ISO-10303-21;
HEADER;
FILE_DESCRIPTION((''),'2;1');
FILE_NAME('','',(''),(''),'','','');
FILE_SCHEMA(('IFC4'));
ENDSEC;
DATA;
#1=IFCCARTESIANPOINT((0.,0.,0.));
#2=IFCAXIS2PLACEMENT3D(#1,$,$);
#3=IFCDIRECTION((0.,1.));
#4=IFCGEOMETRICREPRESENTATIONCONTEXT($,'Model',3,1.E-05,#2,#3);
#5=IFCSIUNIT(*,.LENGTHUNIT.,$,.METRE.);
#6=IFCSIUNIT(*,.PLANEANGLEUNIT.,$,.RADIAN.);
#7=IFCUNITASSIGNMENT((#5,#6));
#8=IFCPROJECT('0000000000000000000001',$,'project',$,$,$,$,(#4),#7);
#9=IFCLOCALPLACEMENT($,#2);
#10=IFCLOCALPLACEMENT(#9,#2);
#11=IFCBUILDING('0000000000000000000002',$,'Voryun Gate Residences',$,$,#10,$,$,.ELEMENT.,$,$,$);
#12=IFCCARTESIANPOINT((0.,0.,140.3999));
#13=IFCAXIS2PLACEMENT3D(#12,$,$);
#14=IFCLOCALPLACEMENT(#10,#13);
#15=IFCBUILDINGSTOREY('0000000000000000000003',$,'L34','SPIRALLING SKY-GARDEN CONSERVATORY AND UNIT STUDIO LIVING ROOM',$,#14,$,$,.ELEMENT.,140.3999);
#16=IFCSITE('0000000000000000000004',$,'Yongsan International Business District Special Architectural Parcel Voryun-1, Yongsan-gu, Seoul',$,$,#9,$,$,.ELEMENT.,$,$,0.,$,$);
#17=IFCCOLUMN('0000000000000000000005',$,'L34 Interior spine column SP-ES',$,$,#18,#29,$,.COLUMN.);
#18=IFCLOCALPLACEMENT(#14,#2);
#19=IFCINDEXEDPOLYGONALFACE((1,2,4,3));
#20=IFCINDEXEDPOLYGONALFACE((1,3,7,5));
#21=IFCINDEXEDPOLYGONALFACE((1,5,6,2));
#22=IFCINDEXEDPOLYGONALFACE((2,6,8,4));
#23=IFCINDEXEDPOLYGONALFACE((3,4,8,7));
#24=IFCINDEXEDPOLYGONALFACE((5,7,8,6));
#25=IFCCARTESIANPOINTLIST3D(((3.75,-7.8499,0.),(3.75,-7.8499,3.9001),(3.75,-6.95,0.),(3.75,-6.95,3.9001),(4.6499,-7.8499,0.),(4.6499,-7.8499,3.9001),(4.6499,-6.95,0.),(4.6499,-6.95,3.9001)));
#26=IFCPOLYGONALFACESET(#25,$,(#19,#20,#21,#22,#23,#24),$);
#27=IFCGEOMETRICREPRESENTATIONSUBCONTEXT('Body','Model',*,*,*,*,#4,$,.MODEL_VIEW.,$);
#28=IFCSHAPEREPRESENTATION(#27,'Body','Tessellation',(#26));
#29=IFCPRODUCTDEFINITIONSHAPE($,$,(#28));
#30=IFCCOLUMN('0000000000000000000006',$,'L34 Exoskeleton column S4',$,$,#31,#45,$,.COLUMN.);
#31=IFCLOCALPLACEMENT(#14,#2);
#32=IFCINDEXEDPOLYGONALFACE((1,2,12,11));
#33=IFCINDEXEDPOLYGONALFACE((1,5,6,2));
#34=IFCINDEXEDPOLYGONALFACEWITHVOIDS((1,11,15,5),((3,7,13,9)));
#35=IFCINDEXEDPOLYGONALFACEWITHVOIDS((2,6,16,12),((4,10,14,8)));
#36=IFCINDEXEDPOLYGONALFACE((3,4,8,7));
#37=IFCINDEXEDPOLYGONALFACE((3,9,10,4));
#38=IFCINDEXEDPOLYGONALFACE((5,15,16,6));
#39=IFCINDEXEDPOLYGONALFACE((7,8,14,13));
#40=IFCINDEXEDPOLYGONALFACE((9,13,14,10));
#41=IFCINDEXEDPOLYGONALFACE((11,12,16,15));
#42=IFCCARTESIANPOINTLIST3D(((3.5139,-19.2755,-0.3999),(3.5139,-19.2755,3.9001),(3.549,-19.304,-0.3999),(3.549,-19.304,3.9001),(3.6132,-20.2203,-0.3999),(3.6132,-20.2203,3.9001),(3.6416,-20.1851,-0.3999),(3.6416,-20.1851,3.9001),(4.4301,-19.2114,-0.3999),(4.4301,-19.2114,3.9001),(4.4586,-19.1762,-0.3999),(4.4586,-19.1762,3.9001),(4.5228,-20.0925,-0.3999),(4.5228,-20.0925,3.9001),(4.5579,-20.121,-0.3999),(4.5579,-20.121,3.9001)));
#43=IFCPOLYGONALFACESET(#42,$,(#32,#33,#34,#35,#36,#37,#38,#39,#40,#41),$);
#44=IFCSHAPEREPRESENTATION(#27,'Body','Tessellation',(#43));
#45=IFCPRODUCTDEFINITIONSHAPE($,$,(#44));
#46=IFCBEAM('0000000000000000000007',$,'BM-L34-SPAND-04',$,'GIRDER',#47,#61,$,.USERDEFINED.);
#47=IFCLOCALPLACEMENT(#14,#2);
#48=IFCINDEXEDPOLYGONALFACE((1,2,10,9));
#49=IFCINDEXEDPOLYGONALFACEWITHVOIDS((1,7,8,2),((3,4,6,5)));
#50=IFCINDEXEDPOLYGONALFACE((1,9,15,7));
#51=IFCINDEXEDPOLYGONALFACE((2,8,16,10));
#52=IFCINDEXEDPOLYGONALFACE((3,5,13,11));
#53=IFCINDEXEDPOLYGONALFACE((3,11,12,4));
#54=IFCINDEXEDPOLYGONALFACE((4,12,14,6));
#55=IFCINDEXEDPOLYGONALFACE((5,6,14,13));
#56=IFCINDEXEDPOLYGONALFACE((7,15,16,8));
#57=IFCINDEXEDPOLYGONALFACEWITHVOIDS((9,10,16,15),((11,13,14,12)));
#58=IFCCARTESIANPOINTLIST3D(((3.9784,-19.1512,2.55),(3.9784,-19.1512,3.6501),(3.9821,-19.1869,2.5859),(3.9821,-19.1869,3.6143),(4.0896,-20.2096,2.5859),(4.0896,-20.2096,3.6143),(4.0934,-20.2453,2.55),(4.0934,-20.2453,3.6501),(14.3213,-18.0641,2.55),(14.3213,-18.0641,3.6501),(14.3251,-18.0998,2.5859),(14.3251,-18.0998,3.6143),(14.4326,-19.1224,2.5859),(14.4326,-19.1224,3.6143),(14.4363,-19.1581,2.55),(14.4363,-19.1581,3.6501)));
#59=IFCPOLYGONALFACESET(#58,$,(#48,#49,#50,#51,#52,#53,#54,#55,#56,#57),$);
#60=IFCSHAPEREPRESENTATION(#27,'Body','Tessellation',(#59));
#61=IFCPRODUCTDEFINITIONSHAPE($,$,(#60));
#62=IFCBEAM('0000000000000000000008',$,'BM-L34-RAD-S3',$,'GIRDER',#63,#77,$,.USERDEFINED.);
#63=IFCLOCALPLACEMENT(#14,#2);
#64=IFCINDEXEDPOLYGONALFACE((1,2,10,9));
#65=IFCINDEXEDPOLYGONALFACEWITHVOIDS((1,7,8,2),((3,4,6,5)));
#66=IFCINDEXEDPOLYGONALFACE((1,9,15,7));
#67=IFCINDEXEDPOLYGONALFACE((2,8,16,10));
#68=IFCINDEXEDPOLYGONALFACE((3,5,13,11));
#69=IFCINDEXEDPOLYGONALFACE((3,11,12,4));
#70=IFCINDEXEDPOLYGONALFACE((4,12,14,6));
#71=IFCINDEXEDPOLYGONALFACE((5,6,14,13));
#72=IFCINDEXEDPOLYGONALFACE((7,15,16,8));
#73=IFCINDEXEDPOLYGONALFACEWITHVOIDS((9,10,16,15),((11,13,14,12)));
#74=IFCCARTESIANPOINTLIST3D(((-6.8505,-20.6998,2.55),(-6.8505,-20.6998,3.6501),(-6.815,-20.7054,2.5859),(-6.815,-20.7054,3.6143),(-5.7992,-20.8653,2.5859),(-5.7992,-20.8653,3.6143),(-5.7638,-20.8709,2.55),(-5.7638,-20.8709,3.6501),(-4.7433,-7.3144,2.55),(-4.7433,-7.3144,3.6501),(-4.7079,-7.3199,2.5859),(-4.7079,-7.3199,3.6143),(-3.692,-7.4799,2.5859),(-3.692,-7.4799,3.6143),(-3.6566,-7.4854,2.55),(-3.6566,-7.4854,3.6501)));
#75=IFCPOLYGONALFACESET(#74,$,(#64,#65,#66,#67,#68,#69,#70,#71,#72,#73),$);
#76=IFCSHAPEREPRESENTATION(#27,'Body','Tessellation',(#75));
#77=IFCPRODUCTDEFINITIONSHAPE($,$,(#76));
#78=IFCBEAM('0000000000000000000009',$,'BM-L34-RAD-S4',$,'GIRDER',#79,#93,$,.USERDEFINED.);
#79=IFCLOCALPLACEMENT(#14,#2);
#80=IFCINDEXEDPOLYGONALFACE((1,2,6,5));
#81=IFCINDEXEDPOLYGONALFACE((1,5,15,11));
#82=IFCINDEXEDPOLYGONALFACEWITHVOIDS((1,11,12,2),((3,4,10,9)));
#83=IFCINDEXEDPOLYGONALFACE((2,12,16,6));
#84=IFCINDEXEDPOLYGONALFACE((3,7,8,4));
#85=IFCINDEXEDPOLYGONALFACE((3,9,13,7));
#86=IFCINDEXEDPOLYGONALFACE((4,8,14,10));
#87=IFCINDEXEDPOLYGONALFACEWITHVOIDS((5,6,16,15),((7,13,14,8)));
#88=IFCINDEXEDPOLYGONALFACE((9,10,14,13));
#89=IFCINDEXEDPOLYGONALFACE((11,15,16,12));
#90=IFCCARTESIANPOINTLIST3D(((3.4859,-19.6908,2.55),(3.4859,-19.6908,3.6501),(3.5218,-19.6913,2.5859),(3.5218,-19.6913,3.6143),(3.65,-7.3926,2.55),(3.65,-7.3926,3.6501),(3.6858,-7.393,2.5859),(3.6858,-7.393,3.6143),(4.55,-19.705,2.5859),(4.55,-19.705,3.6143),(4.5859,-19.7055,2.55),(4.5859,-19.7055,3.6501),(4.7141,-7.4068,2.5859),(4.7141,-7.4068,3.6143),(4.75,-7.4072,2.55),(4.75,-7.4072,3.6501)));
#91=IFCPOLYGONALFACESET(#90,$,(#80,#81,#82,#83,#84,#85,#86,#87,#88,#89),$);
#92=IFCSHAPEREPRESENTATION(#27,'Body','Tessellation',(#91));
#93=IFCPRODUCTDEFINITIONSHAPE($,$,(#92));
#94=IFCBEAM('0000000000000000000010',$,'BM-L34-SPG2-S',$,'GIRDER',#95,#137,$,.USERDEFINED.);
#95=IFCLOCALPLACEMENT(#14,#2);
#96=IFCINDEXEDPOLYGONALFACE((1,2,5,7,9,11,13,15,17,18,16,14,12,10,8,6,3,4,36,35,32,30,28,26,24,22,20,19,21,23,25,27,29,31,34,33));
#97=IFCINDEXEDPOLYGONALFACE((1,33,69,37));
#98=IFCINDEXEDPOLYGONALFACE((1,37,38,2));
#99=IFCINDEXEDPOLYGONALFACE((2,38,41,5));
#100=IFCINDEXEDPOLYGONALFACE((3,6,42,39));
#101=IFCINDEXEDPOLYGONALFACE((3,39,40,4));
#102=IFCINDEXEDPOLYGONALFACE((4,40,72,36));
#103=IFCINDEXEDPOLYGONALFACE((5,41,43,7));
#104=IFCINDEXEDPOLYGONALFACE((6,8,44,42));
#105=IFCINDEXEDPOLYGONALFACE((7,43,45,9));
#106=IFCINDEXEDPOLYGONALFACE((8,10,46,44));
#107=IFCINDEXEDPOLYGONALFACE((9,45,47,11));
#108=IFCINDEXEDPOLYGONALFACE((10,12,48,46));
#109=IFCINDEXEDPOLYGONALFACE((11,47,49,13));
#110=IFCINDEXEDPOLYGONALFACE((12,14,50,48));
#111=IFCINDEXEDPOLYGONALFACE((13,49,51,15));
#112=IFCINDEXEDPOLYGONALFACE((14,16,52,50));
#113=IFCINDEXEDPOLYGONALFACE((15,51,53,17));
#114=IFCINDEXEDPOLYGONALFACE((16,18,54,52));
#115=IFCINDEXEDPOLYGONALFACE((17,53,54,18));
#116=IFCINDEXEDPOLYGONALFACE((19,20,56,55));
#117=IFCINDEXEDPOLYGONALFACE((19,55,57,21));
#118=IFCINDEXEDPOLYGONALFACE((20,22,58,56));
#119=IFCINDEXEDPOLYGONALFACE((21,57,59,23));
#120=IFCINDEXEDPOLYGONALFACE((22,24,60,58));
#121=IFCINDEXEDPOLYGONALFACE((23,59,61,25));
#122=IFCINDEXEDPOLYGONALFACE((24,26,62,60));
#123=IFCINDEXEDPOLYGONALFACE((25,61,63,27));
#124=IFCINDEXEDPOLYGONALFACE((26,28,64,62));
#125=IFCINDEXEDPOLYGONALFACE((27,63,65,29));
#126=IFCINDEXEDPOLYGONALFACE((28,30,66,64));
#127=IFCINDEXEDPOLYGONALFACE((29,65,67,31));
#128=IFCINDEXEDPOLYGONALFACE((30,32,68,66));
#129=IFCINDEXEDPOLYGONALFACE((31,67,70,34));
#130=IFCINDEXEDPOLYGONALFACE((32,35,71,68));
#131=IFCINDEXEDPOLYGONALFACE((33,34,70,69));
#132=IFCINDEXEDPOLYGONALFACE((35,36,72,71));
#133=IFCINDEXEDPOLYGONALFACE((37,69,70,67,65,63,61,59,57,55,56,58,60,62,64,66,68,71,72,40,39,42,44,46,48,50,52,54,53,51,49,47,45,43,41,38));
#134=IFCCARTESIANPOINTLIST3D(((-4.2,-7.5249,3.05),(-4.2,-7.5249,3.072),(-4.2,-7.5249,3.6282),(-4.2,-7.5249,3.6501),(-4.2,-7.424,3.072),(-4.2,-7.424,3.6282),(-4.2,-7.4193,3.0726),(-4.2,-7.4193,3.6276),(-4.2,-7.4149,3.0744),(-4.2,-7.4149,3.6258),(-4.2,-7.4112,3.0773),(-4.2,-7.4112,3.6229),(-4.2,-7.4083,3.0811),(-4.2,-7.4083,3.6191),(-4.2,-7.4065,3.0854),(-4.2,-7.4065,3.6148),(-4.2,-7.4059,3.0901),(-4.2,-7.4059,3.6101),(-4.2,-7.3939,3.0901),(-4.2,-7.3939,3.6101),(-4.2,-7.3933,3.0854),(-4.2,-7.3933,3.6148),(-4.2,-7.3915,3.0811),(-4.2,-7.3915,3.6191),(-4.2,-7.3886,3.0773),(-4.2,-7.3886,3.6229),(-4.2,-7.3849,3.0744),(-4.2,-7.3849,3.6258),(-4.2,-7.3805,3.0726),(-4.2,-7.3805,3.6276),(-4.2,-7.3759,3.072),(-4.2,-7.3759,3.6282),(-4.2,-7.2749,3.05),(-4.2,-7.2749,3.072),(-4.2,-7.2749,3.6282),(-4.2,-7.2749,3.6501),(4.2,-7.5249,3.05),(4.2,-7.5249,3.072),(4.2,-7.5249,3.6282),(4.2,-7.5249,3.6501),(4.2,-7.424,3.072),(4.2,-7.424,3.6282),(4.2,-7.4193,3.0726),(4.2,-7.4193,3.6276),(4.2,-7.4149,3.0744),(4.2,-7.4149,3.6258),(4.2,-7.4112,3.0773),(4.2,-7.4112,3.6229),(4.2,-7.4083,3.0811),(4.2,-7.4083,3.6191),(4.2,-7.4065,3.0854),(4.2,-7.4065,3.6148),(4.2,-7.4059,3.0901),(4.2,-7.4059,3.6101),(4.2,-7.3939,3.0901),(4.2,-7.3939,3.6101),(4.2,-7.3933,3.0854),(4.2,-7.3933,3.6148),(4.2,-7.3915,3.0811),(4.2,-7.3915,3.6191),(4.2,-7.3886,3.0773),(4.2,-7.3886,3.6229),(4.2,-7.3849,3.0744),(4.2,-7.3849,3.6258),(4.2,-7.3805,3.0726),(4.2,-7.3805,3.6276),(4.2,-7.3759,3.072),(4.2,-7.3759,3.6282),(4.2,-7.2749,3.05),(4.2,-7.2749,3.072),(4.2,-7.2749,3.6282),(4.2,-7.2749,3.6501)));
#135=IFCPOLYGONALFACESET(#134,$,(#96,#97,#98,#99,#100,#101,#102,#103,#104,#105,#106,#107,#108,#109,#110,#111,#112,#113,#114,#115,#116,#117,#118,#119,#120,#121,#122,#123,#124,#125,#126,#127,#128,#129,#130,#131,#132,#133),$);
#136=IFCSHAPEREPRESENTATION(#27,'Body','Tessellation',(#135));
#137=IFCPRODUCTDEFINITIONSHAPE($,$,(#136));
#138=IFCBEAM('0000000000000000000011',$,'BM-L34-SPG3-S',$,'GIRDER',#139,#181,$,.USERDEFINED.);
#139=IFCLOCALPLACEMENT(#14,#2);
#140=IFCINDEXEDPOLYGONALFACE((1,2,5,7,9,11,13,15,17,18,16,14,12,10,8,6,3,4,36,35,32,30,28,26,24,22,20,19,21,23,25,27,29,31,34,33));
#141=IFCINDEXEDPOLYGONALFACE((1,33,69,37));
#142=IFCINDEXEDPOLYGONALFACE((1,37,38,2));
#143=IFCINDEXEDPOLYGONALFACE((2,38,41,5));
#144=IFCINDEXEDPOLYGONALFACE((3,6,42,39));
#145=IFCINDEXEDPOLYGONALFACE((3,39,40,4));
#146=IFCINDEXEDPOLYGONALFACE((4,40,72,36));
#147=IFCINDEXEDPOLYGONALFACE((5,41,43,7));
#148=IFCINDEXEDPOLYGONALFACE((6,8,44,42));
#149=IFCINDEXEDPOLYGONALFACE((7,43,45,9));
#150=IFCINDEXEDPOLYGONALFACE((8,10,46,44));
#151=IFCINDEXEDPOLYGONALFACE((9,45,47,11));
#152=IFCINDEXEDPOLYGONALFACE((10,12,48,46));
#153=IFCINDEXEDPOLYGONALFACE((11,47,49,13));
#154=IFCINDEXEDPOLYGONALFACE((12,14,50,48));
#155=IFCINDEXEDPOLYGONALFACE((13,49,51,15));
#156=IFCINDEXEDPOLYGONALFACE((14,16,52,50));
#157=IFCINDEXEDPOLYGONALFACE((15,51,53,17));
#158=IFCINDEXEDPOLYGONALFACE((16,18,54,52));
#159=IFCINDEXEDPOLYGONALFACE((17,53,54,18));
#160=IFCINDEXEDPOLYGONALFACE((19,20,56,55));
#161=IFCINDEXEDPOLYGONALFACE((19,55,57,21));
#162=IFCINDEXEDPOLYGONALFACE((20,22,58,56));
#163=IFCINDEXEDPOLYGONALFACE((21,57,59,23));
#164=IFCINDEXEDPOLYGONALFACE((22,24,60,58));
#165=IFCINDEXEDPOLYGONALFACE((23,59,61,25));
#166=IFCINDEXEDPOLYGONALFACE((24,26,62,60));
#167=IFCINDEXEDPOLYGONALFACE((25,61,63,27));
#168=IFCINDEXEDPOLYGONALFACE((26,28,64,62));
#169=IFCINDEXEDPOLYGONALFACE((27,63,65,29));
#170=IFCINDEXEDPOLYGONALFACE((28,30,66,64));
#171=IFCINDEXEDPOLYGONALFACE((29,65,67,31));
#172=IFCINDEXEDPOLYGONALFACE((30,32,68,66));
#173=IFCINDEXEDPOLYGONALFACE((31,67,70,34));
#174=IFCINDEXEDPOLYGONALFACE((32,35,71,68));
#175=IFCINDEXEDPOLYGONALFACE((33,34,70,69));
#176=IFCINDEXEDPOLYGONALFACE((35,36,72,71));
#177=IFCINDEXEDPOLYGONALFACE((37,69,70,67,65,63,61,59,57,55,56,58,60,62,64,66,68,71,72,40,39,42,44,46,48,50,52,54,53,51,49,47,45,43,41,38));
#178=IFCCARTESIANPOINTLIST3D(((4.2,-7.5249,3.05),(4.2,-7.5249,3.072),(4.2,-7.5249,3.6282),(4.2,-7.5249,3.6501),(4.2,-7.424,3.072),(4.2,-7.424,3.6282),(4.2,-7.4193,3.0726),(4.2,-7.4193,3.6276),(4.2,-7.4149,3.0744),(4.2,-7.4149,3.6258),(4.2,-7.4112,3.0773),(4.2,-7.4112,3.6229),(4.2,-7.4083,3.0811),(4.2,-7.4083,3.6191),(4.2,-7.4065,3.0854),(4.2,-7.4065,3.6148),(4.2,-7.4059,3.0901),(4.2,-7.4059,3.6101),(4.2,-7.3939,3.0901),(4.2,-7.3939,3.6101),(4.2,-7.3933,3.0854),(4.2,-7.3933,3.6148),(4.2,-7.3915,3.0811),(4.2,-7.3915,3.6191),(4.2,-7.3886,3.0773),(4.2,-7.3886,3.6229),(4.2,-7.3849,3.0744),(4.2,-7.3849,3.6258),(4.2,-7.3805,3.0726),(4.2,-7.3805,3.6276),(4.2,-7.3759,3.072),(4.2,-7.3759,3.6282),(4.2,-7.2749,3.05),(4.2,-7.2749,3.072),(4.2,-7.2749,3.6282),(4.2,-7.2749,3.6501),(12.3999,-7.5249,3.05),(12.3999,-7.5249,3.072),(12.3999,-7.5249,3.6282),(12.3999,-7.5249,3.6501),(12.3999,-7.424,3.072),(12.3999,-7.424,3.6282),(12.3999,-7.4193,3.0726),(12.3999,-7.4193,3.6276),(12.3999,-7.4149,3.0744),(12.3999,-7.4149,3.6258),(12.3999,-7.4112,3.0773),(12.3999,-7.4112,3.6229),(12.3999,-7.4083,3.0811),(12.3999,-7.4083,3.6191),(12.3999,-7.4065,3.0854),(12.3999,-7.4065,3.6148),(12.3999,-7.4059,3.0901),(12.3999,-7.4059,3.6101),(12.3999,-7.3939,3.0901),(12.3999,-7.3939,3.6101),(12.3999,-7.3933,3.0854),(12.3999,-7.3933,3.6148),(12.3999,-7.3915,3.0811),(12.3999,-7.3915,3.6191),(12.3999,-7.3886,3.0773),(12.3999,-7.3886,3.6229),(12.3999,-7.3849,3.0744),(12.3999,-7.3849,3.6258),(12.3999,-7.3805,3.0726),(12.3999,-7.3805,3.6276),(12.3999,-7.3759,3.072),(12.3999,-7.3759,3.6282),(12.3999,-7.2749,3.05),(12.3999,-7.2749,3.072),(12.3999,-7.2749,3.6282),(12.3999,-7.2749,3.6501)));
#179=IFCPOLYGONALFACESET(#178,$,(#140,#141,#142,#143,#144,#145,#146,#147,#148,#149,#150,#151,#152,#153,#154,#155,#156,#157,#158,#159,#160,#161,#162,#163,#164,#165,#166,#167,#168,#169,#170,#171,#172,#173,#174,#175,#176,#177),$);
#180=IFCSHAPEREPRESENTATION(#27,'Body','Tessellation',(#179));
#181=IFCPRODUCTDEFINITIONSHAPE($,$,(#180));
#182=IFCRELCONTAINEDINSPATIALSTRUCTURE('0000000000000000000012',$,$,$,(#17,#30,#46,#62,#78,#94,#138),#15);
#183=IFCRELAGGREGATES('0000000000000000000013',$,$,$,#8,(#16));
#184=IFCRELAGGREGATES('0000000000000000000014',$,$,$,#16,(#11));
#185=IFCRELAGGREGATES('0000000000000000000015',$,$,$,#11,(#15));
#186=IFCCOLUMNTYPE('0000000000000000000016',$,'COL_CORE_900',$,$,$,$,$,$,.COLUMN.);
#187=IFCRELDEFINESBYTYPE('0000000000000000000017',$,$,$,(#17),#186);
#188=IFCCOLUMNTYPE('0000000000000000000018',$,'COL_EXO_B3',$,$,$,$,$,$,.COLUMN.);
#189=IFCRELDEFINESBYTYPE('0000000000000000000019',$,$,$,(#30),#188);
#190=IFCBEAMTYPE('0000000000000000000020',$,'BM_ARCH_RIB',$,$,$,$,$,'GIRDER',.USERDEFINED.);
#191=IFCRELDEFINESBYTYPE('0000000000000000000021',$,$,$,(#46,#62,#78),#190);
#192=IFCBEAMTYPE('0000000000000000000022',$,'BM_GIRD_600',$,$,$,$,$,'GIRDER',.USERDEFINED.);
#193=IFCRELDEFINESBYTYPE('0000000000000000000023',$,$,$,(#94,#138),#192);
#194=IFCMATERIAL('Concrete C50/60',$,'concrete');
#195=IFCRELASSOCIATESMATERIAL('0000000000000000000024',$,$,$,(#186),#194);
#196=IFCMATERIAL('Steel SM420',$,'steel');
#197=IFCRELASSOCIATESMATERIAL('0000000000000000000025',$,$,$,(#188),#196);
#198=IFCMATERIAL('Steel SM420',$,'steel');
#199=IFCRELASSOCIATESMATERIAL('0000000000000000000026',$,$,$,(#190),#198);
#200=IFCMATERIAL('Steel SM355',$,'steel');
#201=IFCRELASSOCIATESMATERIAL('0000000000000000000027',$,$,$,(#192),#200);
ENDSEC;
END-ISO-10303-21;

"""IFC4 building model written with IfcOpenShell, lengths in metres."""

from ifc_helpers import new_model, si_unit, direction, frame, origin, origin_2d, place, context, subcontext, project, spatial, rectangle, hollow_rectangle, i_section, extrude, material, material_profile, profile_set, type_object, element, save


model = new_model("IFC4")

# Units and contexts
model_context = context("Model", 3, precision=1e-05, world=origin(), true_north=direction((0.0, 1.0)))
body_context = subcontext(model_context, "Body", "Model", "MODEL_VIEW")
ifc_project = project(units=[si_unit("LENGTHUNIT", "METRE"), si_unit("PLANEANGLEUNIT", "RADIAN")], contexts=[model_context])

# Site, building, storey
site_placement = place(None, origin())
site = spatial("IfcSite", under=ifc_project, at=site_placement, Name="Yongsan International Business District Special Architectural Parcel Voryun-1, Yongsan-gu, Seoul", CompositionType="ELEMENT", RefElevation=0.0)
building_placement = place(site_placement, origin())
building = spatial("IfcBuilding", under=site, at=building_placement, Name="Voryun Gate Residences", CompositionType="ELEMENT")
storey_placement = place(building_placement, frame((0.0, 0.0, 140.3999)))
storey = spatial("IfcBuildingStorey", under=building, at=storey_placement, Name="L34", Description="SPIRALLING SKY-GARDEN CONSERVATORY AND UNIT STUDIO LIVING ROOM", CompositionType="ELEMENT", Elevation=140.3999)

# Columns
ifc_material_1 = material(Name="Concrete C50/60", Category="concrete")
ifc_material_profile_1 = material_profile(ifc_material_1, rectangle(XDim=0.8999, YDim=0.8999, at=origin_2d()), Name="RC-900x900")
ifc_profile_set_1 = profile_set([ifc_material_profile_1], Name="Concrete C50/60")
column_type_1 = type_object("IfcColumnType", Name="COL_CORE_900", PredefinedType="COLUMN", material=ifc_profile_set_1)
column_1_placement = place(storey_placement, frame((4.2, -7.3999, 0.0), z_axis=(0.0, 0.0, 1.0), x_axis=(1.0, 0.0, 0.0)))
element("IfcColumn", 1, at=column_1_placement, inside=storey, type_object=column_type_1, Name="L34 Interior spine column SP-ES", PredefinedType="COLUMN", context=body_context, shape_type="SweptSolid", body=[
    extrude(rectangle(XDim=0.8999, YDim=0.8999, at=origin_2d()), origin(), (0.0, 0.0, 1.0), 3.9001),
])
ifc_material_2 = material(Name="Steel SM420", Category="steel")
ifc_material_profile_2 = material_profile(ifc_material_2, hollow_rectangle(XDim=0.95, YDim=0.95, WallThickness=0.032, at=origin_2d()), Name="BOX-950x950x32")
ifc_profile_set_2 = profile_set([ifc_material_profile_2], Name="Steel SM420")
column_type_2 = type_object("IfcColumnType", Name="COL_EXO_B3", PredefinedType="COLUMN", material=ifc_profile_set_2)
column_2_placement = place(storey_placement, frame((4.0359, -19.6982, -0.3999), z_axis=(0.0, 0.0, 1.0), x_axis=(0.994522, 0.104528, 0.0)))
element("IfcColumn", 2, at=column_2_placement, inside=storey, type_object=column_type_2, Name="L34 Exoskeleton column S4", PredefinedType="COLUMN", context=body_context, shape_type="SweptSolid", body=[
    extrude(hollow_rectangle(XDim=0.95, YDim=0.95, WallThickness=0.032, at=origin_2d()), origin(), (0.0, 0.0, 1.0), 4.3),
])

# Beams
ifc_material_3 = material(Name="Steel SM420", Category="steel")
ifc_material_profile_3 = material_profile(ifc_material_3, hollow_rectangle(XDim=1.1001, YDim=1.1001, WallThickness=0.0359, at=origin_2d()), Name="BOX-1100x1100x36")
ifc_profile_set_3 = profile_set([ifc_material_profile_3], Name="Steel SM420")
beam_type_1 = type_object("IfcBeamType", Name="BM_ARCH_RIB", ElementType="GIRDER", PredefinedType="USERDEFINED", material=ifc_profile_set_3)
beam_1_placement = place(storey_placement, frame((4.0359, -19.6982, 3.1001), z_axis=(0.994521, 0.104534, 0.0), x_axis=(-0.104534, 0.994521, 0.0)))
element("IfcBeam", 3, at=beam_1_placement, inside=storey, type_object=beam_type_1, Name="BM-L34-SPAND-04", ObjectType="GIRDER", PredefinedType="USERDEFINED", context=body_context, shape_type="SweptSolid", body=[
    extrude(hollow_rectangle(XDim=1.1001, YDim=1.1001, WallThickness=0.0359, at=origin_2d()), origin(), (0.0, 0.0, 1.0), 10.3999),
])
beam_2_placement = place(storey_placement, frame((-4.2, -7.3999, 3.1001), z_axis=(-0.155507, -0.987835, 0.0), x_axis=(0.987835, -0.155507, 0.0)))
element("IfcBeam", 4, at=beam_2_placement, inside=storey, type_object=beam_type_1, Name="BM-L34-RAD-S3", ObjectType="GIRDER", PredefinedType="USERDEFINED", context=body_context, shape_type="SweptSolid", body=[
    extrude(hollow_rectangle(XDim=1.1001, YDim=1.1001, WallThickness=0.0359, at=origin_2d()), origin(), (0.0, 0.0, 1.0), 13.5503),
])
beam_3_placement = place(storey_placement, frame((4.2, -7.3999, 3.1001), z_axis=(-0.013339, -0.999911, 0.0), x_axis=(0.999911, -0.013339, 0.0)))
element("IfcBeam", 5, at=beam_3_placement, inside=storey, type_object=beam_type_1, Name="BM-L34-RAD-S4", ObjectType="GIRDER", PredefinedType="USERDEFINED", context=body_context, shape_type="SweptSolid", body=[
    extrude(hollow_rectangle(XDim=1.1001, YDim=1.1001, WallThickness=0.0359, at=origin_2d()), origin(), (0.0, 0.0, 1.0), 12.2993),
])
ifc_material_4 = material(Name="Steel SM355", Category="steel")
ifc_material_profile_4 = material_profile(ifc_material_4, i_section(OverallWidth=0.25, OverallDepth=0.6001, WebThickness=0.012, FlangeThickness=0.022, FilletRadius=0.0181, at=origin_2d()), Name="H-600x250x12x22")
ifc_profile_set_4 = profile_set([ifc_material_profile_4], Name="Steel SM355")
beam_type_2 = type_object("IfcBeamType", Name="BM_GIRD_600", ElementType="GIRDER", PredefinedType="USERDEFINED", material=ifc_profile_set_4)
beam_4_placement = place(storey_placement, frame((-4.2, -7.3999, 3.3501), z_axis=(1.0, 0.0, 0.0), x_axis=(0.0, 1.0, 0.0)))
element("IfcBeam", 6, at=beam_4_placement, inside=storey, type_object=beam_type_2, Name="BM-L34-SPG2-S", ObjectType="GIRDER", PredefinedType="USERDEFINED", context=body_context, shape_type="SweptSolid", body=[
    extrude(i_section(OverallWidth=0.25, OverallDepth=0.6001, WebThickness=0.012, FlangeThickness=0.022, FilletRadius=0.0181, at=origin_2d()), origin(), (0.0, 0.0, 1.0), 8.3999),
])
beam_5_placement = place(storey_placement, frame((4.2, -7.3999, 3.3501), z_axis=(1.0, 0.0, 0.0), x_axis=(0.0, 1.0, 0.0)))
element("IfcBeam", 7, at=beam_5_placement, inside=storey, type_object=beam_type_2, Name="BM-L34-SPG3-S", ObjectType="GIRDER", PredefinedType="USERDEFINED", context=body_context, shape_type="SweptSolid", body=[
    extrude(i_section(OverallWidth=0.25, OverallDepth=0.6001, WebThickness=0.012, FlangeThickness=0.022, FilletRadius=0.0181, at=origin_2d()), origin(), (0.0, 0.0, 1.0), 8.2),
])

save(model, "model.ifc")
